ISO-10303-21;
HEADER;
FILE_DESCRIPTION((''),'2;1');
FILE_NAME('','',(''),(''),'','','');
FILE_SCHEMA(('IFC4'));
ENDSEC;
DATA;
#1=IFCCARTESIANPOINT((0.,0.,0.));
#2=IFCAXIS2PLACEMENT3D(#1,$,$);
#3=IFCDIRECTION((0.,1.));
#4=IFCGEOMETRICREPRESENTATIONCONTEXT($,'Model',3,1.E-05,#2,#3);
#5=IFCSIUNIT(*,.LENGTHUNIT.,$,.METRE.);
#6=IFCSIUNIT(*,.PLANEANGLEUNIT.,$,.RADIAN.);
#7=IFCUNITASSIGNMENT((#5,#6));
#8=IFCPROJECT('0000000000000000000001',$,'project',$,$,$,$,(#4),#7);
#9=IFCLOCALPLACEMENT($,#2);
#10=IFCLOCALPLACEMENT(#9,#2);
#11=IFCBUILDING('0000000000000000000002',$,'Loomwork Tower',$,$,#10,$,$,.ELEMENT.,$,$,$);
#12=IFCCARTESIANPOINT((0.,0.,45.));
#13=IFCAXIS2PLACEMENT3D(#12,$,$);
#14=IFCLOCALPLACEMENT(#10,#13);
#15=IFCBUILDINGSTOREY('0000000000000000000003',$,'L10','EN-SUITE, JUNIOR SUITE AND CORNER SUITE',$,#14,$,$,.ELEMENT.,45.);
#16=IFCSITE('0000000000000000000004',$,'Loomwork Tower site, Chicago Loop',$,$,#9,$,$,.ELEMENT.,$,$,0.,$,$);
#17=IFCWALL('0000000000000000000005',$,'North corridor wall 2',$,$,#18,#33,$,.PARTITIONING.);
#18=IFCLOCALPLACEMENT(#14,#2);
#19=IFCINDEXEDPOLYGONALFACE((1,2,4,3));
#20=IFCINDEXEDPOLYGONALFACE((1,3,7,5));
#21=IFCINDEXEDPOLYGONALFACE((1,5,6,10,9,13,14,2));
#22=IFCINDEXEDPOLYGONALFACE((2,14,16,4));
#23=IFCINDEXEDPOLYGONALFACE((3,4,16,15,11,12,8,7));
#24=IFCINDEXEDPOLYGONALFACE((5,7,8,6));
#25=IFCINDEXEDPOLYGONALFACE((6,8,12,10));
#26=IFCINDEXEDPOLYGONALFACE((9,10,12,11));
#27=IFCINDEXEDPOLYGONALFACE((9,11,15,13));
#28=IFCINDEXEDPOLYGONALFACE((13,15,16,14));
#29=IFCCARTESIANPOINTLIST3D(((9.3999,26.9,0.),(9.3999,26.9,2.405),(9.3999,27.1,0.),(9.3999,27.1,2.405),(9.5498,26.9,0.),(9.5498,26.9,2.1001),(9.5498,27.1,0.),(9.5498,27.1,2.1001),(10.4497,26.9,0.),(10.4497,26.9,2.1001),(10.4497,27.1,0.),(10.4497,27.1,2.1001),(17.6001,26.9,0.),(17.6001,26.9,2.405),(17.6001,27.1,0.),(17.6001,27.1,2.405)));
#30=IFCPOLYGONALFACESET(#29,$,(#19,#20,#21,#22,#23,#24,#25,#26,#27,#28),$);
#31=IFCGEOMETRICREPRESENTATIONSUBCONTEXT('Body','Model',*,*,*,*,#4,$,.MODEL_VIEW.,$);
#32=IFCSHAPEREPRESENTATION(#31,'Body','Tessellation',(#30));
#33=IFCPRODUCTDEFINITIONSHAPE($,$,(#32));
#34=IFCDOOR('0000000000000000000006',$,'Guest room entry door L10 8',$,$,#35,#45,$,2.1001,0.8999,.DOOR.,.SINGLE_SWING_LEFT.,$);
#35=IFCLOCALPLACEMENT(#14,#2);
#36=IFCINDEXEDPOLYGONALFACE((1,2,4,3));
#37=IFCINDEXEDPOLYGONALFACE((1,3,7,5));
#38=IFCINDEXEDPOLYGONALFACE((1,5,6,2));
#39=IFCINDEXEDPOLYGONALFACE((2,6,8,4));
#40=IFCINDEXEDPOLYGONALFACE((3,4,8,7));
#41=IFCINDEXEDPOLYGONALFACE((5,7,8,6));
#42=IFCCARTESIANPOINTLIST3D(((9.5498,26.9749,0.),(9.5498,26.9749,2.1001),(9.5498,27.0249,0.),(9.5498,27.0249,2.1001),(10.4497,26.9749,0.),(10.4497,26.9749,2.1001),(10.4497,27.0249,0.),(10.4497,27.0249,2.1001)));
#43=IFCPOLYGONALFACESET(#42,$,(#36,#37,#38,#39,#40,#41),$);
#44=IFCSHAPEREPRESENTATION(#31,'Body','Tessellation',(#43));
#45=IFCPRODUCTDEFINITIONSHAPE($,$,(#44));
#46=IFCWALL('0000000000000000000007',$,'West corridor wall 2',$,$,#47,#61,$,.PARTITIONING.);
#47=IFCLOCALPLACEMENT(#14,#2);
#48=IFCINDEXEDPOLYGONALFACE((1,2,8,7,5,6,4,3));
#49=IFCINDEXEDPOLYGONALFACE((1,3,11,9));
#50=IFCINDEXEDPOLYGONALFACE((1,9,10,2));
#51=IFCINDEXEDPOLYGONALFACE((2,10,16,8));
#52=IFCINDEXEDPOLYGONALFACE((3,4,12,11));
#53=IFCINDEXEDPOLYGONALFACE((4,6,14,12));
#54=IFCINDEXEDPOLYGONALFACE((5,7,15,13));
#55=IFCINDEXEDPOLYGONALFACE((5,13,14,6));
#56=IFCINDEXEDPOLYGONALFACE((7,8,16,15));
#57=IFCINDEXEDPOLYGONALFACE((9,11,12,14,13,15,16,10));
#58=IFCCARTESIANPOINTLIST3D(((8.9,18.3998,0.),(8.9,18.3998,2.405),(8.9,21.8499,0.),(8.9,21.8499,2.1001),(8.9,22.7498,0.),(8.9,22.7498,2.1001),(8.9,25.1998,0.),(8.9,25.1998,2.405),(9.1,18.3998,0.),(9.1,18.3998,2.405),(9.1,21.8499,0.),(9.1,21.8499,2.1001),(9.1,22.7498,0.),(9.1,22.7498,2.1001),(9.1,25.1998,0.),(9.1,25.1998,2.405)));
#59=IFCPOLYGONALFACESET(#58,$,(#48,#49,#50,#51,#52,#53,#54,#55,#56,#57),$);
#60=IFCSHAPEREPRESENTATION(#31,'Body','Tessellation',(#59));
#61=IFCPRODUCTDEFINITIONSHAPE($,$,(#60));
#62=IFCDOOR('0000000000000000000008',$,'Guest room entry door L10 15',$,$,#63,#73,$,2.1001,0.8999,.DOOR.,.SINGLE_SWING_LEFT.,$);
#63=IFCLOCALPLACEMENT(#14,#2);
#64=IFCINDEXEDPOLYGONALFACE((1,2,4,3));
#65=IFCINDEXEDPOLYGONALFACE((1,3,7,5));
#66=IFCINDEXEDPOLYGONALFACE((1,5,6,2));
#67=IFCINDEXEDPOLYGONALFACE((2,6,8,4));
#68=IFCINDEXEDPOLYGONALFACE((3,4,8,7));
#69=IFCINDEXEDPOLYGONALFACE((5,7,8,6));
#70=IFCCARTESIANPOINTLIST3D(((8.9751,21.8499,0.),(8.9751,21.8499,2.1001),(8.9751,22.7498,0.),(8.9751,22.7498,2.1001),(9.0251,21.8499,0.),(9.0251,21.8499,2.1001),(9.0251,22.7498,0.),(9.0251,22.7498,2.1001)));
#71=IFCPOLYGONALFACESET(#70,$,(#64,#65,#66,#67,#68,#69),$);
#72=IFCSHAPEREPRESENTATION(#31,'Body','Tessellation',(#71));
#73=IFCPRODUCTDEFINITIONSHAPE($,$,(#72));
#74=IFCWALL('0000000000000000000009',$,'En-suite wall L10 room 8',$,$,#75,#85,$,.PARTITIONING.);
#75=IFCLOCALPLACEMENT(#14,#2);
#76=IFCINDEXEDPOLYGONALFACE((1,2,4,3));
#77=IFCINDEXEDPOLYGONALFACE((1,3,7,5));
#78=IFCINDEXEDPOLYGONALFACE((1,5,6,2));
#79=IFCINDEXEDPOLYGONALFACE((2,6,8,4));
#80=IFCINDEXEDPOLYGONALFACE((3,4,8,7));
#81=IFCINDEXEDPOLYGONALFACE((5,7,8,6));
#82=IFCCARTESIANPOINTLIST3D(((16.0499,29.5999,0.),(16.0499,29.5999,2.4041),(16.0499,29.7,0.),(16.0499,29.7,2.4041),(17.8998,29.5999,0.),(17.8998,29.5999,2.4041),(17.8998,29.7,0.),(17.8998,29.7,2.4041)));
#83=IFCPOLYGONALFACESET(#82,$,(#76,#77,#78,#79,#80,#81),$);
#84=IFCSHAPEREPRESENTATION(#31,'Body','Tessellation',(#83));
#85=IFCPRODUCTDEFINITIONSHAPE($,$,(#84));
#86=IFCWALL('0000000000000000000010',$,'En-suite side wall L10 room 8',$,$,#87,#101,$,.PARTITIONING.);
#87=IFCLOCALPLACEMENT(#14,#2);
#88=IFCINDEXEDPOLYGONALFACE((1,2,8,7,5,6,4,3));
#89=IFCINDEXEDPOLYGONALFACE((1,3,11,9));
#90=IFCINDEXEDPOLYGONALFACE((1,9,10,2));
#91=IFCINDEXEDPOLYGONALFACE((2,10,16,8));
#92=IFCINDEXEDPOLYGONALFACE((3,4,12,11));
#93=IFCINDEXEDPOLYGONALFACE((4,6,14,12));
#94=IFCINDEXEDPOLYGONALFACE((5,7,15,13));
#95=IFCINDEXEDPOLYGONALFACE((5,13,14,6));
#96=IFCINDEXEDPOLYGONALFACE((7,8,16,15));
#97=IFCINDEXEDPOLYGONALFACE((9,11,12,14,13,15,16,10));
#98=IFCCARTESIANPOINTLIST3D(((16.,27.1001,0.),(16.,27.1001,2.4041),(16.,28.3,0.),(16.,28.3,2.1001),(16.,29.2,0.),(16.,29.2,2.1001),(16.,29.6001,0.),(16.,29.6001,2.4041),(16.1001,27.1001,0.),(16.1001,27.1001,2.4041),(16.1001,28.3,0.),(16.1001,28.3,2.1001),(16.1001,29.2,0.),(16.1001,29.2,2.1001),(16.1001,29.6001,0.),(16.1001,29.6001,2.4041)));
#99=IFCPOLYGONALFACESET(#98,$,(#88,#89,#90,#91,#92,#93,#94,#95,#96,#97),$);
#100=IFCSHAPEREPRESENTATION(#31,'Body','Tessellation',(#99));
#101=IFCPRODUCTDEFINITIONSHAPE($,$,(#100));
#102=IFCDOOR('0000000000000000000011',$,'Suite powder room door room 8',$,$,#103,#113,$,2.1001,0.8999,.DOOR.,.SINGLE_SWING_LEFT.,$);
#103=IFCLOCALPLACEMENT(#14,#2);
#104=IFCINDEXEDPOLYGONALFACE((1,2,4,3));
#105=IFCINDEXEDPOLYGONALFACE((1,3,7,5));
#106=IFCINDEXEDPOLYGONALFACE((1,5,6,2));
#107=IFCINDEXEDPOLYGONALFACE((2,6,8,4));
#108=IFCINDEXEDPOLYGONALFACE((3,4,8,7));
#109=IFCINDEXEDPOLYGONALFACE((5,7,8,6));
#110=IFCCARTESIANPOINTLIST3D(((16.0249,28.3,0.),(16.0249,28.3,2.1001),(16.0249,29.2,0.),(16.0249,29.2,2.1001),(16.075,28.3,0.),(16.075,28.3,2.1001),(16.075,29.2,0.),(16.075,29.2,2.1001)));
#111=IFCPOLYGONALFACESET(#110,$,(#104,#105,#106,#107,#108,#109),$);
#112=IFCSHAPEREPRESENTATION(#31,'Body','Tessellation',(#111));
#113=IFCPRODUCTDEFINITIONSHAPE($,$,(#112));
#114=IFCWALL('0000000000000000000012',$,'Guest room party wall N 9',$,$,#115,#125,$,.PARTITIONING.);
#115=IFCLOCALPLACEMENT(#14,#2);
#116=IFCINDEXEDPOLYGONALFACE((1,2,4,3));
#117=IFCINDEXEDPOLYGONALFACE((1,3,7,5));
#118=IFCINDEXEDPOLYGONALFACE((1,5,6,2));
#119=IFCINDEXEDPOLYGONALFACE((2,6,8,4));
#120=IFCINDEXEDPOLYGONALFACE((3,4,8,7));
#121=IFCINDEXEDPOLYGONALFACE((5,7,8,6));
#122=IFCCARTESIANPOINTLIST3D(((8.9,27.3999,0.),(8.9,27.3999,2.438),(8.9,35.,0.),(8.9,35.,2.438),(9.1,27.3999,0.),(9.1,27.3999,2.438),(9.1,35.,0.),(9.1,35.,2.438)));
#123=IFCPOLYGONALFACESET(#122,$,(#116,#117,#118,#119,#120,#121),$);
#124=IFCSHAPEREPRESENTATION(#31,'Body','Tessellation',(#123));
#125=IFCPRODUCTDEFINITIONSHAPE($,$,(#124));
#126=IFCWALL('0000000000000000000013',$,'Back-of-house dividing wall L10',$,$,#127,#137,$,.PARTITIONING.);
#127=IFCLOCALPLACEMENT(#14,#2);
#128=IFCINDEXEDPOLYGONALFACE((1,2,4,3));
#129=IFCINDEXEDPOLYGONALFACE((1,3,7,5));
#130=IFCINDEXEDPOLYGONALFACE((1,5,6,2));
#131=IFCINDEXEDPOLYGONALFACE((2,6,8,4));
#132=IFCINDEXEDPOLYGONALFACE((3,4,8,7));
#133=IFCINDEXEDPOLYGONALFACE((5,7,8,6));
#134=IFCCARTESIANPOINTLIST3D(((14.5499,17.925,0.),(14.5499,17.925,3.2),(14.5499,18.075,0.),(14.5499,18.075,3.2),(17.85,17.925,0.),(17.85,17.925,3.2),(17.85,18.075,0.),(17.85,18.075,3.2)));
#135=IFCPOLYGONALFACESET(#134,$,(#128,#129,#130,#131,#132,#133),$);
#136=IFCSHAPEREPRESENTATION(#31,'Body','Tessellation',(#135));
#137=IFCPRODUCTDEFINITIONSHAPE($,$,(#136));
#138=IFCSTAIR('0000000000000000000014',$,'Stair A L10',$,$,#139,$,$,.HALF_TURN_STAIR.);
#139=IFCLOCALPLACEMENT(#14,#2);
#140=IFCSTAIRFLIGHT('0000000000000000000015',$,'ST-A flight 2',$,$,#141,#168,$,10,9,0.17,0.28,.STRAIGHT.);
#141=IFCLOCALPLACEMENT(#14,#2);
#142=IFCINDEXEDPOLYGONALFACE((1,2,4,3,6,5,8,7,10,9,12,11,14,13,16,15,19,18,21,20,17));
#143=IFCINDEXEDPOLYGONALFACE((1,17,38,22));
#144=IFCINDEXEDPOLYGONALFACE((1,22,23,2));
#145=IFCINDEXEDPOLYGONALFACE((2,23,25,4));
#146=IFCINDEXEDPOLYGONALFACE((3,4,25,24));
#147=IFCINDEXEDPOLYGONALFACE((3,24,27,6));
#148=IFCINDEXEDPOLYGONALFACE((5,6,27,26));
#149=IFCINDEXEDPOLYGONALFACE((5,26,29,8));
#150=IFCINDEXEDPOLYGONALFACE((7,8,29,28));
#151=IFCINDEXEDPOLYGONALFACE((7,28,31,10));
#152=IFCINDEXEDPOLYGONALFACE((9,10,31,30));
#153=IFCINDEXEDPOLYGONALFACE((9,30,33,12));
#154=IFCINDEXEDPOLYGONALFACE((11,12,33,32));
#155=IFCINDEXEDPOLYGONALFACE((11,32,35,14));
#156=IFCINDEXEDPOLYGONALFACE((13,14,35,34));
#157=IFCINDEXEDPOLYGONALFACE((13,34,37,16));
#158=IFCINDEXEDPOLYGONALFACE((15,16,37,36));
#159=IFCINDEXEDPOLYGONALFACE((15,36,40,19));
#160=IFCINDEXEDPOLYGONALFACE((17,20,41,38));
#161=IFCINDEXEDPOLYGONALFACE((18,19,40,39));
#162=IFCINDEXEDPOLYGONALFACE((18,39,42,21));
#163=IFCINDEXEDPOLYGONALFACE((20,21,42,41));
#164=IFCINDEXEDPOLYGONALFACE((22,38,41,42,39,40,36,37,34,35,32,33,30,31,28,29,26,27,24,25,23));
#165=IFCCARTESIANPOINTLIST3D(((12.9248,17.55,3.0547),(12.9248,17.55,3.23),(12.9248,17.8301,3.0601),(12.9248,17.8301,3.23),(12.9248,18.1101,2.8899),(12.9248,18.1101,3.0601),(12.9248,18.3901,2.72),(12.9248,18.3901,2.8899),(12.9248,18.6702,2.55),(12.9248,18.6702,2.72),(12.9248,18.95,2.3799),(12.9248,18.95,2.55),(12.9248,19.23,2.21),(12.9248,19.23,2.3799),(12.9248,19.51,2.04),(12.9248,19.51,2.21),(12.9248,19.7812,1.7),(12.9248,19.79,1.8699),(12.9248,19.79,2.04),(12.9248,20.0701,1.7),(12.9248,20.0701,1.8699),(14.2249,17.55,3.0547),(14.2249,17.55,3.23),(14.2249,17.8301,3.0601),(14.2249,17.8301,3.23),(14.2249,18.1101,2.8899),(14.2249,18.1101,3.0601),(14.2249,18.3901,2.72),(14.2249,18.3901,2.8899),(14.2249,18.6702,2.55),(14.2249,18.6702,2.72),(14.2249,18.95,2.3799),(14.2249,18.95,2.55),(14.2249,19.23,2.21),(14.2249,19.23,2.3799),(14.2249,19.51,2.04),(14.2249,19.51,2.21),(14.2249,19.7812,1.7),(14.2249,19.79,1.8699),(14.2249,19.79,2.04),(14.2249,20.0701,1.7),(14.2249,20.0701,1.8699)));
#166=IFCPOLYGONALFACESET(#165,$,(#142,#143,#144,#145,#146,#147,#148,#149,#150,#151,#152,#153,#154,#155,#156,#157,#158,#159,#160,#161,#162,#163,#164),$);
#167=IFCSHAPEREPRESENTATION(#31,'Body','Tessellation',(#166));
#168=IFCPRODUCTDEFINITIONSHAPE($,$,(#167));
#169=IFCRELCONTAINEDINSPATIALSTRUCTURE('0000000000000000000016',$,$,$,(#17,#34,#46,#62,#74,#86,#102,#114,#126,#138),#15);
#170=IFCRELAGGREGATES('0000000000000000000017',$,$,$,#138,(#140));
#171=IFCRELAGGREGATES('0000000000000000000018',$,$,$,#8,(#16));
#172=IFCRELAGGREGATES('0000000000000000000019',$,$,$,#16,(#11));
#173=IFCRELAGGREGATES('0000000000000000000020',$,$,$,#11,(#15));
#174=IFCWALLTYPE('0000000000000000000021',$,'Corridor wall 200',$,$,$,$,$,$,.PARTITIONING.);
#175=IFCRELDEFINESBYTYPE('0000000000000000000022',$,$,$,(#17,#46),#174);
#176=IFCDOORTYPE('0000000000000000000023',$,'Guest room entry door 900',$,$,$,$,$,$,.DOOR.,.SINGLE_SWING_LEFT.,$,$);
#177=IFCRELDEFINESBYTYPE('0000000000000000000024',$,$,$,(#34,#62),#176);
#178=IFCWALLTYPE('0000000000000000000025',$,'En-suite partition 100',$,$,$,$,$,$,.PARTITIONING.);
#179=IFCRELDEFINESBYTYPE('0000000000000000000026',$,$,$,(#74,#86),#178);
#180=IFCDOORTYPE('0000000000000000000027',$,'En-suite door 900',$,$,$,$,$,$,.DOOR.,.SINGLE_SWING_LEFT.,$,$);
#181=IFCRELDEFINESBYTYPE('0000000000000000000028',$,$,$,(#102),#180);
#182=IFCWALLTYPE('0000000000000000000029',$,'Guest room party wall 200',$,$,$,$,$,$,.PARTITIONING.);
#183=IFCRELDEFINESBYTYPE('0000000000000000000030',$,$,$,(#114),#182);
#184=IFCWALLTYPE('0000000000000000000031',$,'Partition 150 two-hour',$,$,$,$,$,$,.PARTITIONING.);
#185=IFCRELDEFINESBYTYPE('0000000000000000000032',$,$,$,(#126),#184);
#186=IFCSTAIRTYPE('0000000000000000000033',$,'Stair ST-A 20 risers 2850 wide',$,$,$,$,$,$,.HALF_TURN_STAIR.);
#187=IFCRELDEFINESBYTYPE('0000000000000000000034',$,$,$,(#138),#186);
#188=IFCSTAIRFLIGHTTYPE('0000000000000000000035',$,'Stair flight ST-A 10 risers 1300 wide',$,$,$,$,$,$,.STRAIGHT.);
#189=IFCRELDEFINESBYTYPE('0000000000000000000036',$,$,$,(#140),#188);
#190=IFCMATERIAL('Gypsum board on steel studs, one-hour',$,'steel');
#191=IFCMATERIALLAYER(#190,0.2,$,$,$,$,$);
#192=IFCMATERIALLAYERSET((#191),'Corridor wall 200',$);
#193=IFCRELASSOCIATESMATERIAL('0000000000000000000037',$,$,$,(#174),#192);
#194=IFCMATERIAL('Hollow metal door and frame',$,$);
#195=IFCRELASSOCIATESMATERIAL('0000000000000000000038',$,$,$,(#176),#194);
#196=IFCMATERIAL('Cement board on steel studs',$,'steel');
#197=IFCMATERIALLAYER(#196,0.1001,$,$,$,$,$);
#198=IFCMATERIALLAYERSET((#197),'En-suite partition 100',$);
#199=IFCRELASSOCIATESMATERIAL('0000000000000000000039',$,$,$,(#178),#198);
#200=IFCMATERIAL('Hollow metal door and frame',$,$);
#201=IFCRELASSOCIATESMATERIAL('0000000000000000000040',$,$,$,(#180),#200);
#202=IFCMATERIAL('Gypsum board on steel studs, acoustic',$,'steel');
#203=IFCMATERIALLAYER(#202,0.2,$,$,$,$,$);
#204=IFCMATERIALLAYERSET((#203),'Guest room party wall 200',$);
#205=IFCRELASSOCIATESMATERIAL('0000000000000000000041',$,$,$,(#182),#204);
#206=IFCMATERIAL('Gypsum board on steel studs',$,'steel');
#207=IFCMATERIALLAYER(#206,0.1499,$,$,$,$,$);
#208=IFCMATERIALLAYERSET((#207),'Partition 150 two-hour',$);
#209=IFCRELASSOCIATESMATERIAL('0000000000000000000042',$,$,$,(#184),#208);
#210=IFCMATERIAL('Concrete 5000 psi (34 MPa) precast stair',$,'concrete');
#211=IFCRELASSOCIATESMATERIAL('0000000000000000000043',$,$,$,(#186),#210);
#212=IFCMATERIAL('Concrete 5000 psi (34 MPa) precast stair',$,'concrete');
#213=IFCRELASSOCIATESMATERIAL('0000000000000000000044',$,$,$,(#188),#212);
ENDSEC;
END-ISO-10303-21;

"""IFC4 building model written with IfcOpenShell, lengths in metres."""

from ifc_helpers import new_model, si_unit, direction, frame, frame_2d, origin, place, context, subcontext, project, spatial, polyline, rectangle, outline, extrude, material, layer, layer_set, type_object, element, fill, aggregate, save


model = new_model("IFC4")

# Units and contexts
model_context = context("Model", 3, precision=1e-05, world=origin(), true_north=direction((0.0, 1.0)))
body_context = subcontext(model_context, "Body", "Model", "MODEL_VIEW")
ifc_project = project(units=[si_unit("LENGTHUNIT", "METRE"), si_unit("PLANEANGLEUNIT", "RADIAN")], contexts=[model_context])

# Site, building, storey
site_placement = place(None, origin())
site = spatial("IfcSite", under=ifc_project, at=site_placement, Name="Loomwork Tower site, Chicago Loop", CompositionType="ELEMENT", RefElevation=0.0)
building_placement = place(site_placement, origin())
building = spatial("IfcBuilding", under=site, at=building_placement, Name="Loomwork Tower", CompositionType="ELEMENT")
storey_placement = place(building_placement, frame((0.0, 0.0, 45.0)))
storey = spatial("IfcBuildingStorey", under=building, at=storey_placement, Name="L10", Description="EN-SUITE, JUNIOR SUITE AND CORNER SUITE", CompositionType="ELEMENT", Elevation=45.0)

# Walls, openings, doors
ifc_material_1 = material(Name="Gypsum board on steel studs, one-hour", Category="steel")
ifc_layer_1 = layer(ifc_material_1, 0.2)
ifc_layer_set_1 = layer_set([ifc_layer_1], Name="Corridor wall 200")
wall_type_1 = type_object("IfcWallType", Name="Corridor wall 200", PredefinedType="PARTITIONING", material=ifc_layer_set_1)
wall_1_placement = place(storey_placement, frame((9.3999, 27.0, 0.0), z_axis=(0.0, 0.0, 1.0), x_axis=(1.0, 0.0, 0.0)))
wall_1 = element("IfcWall", 1, at=wall_1_placement, inside=storey, type_object=wall_type_1, Name="North corridor wall 2", PredefinedType="PARTITIONING", context=body_context, shape_type="SweptSolid", body=[
    extrude(rectangle(XDim=8.2002, YDim=0.2, at=frame_2d((4.1001, 0.0))), origin(), (0.0, 0.0, 1.0), 2.405),
])
opening_1_placement = place(wall_1_placement, frame((0.1499, 0.0, 0.0)))
opening_1 = element("IfcOpeningElement", 2, at=opening_1_placement, cuts=wall_1, PredefinedType="OPENING", context=body_context, shape_type="SweptSolid", body=[
    extrude(rectangle(XDim=0.8999, YDim=2.1001, at=frame_2d((0.45, 1.05))), frame((0.0, 0.1099, 0.0), z_axis=(0.0, -1.0, 0.0), x_axis=(1.0, 0.0, 0.0)), (0.0, 0.0, 1.0), 0.22),
])
ifc_material_2 = material(Name="Hollow metal door and frame")
door_type_1 = type_object("IfcDoorType", Name="Guest room entry door 900", OperationType="SINGLE_SWING_LEFT", PredefinedType="DOOR", material=ifc_material_2)
door_1_placement = place(opening_1_placement, origin())
door_1 = element("IfcDoor", 3, at=door_1_placement, inside=storey, type_object=door_type_1, Name="Guest room entry door L10 8", OperationType="SINGLE_SWING_LEFT", OverallHeight=2.1001, OverallWidth=0.8999, PredefinedType="DOOR", context=body_context, shape_type="SweptSolid", body=[
    extrude(rectangle(XDim=0.8999, YDim=2.1001, at=frame_2d((0.45, 1.05))), frame((0.0, 0.0249, 0.0), z_axis=(0.0, -1.0, 0.0), x_axis=(1.0, 0.0, 0.0)), (0.0, 0.0, 1.0), 0.05),
])
fill(opening_1, door_1)
wall_2_placement = place(storey_placement, frame((9.0, 18.3999, 0.0), z_axis=(0.0, 0.0, 1.0), x_axis=(0.0, 1.0, 0.0)))
wall_2 = element("IfcWall", 4, at=wall_2_placement, inside=storey, type_object=wall_type_1, Name="West corridor wall 2", PredefinedType="PARTITIONING", context=body_context, shape_type="SweptSolid", body=[
    extrude(rectangle(XDim=6.8, YDim=0.2, at=frame_2d((3.3999, 0.0))), origin(), (0.0, 0.0, 1.0), 2.405),
])
opening_2_placement = place(wall_2_placement, frame((3.45, 0.0, 0.0)))
opening_2 = element("IfcOpeningElement", 5, at=opening_2_placement, cuts=wall_2, PredefinedType="OPENING", context=body_context, shape_type="SweptSolid", body=[
    extrude(rectangle(XDim=0.8999, YDim=2.1001, at=frame_2d((0.45, 1.05))), frame((0.0, 0.1099, 0.0), z_axis=(0.0, -1.0, 0.0), x_axis=(1.0, 0.0, 0.0)), (0.0, 0.0, 1.0), 0.22),
])
door_2_placement = place(opening_2_placement, origin())
door_2 = element("IfcDoor", 6, at=door_2_placement, inside=storey, type_object=door_type_1, Name="Guest room entry door L10 15", OperationType="SINGLE_SWING_LEFT", OverallHeight=2.1001, OverallWidth=0.8999, PredefinedType="DOOR", context=body_context, shape_type="SweptSolid", body=[
    extrude(rectangle(XDim=0.8999, YDim=2.1001, at=frame_2d((0.45, 1.05))), frame((0.0, 0.0249, 0.0), z_axis=(0.0, -1.0, 0.0), x_axis=(1.0, 0.0, 0.0)), (0.0, 0.0, 1.0), 0.05),
])
fill(opening_2, door_2)

# Wall
ifc_material_3 = material(Name="Cement board on steel studs", Category="steel")
ifc_layer_2 = layer(ifc_material_3, 0.1001)
ifc_layer_set_2 = layer_set([ifc_layer_2], Name="En-suite partition 100")
wall_type_2 = type_object("IfcWallType", Name="En-suite partition 100", PredefinedType="PARTITIONING", material=ifc_layer_set_2)
wall_3_placement = place(storey_placement, frame((16.05, 29.6499, 0.0), z_axis=(0.0, 0.0, 1.0), x_axis=(1.0, 0.0, 0.0)))
element("IfcWall", 7, at=wall_3_placement, inside=storey, type_object=wall_type_2, Name="En-suite wall L10 room 8", PredefinedType="PARTITIONING", context=body_context, shape_type="SweptSolid", body=[
    extrude(rectangle(XDim=1.8499, YDim=0.1001, at=frame_2d((0.9248, 0.0))), origin(), (0.0, 0.0, 1.0), 2.4041),
])

# Wall, opening, door
wall_4_placement = place(storey_placement, frame((16.05, 27.1001, 0.0), z_axis=(0.0, 0.0, 1.0), x_axis=(0.0, 1.0, 0.0)))
wall_4 = element("IfcWall", 8, at=wall_4_placement, inside=storey, type_object=wall_type_2, Name="En-suite side wall L10 room 8", PredefinedType="PARTITIONING", context=body_context, shape_type="SweptSolid", body=[
    extrude(rectangle(XDim=2.5, YDim=0.1001, at=frame_2d((1.25, 0.0))), origin(), (0.0, 0.0, 1.0), 2.4041),
])
opening_3_placement = place(wall_4_placement, frame((1.2, 0.0, 0.0)))
opening_3 = element("IfcOpeningElement", 9, at=opening_3_placement, cuts=wall_4, PredefinedType="OPENING", context=body_context, shape_type="SweptSolid", body=[
    extrude(rectangle(XDim=0.8999, YDim=2.1001, at=frame_2d((0.45, 1.05))), frame((0.0, 0.0601, 0.0), z_axis=(0.0, -1.0, 0.0), x_axis=(1.0, 0.0, 0.0)), (0.0, 0.0, 1.0), 0.1201),
])
ifc_material_4 = material(Name="Hollow metal door and frame")
door_type_2 = type_object("IfcDoorType", Name="En-suite door 900", OperationType="SINGLE_SWING_LEFT", PredefinedType="DOOR", material=ifc_material_4)
door_3_placement = place(opening_3_placement, frame((0.8999, 0.0, 0.0), z_axis=(0.0, 0.0, 1.0), x_axis=(-1.0, 0.0, 0.0)))
door_3 = element("IfcDoor", 10, at=door_3_placement, inside=storey, type_object=door_type_2, Name="Suite powder room door room 8", OperationType="SINGLE_SWING_LEFT", OverallHeight=2.1001, OverallWidth=0.8999, PredefinedType="DOOR", context=body_context, shape_type="SweptSolid", body=[
    extrude(rectangle(XDim=0.8999, YDim=2.1001, at=frame_2d((0.45, 1.05))), frame((0.0, 0.0249, 0.0), z_axis=(0.0, -1.0, 0.0), x_axis=(1.0, 0.0, 0.0)), (0.0, 0.0, 1.0), 0.05),
])
fill(opening_3, door_3)

# Walls
ifc_material_5 = material(Name="Gypsum board on steel studs, acoustic", Category="steel")
ifc_layer_3 = layer(ifc_material_5, 0.2)
ifc_layer_set_3 = layer_set([ifc_layer_3], Name="Guest room party wall 200")
wall_type_3 = type_object("IfcWallType", Name="Guest room party wall 200", PredefinedType="PARTITIONING", material=ifc_layer_set_3)
wall_5_placement = place(storey_placement, frame((9.0, 27.3999, 0.0), z_axis=(0.0, 0.0, 1.0), x_axis=(0.0, 1.0, 0.0)))
element("IfcWall", 11, at=wall_5_placement, inside=storey, type_object=wall_type_3, Name="Guest room party wall N 9", PredefinedType="PARTITIONING", context=body_context, shape_type="SweptSolid", body=[
    extrude(rectangle(XDim=7.6001, YDim=0.2, at=frame_2d((3.8, 0.0))), origin(), (0.0, 0.0, 1.0), 2.438),
])
ifc_material_6 = material(Name="Gypsum board on steel studs", Category="steel")
ifc_layer_4 = layer(ifc_material_6, 0.1499)
ifc_layer_set_4 = layer_set([ifc_layer_4], Name="Partition 150 two-hour")
wall_type_4 = type_object("IfcWallType", Name="Partition 150 two-hour", PredefinedType="PARTITIONING", material=ifc_layer_set_4)
wall_6_placement = place(storey_placement, frame((14.55, 18.0, 0.0), z_axis=(0.0, 0.0, 1.0), x_axis=(1.0, 0.0, 0.0)))
element("IfcWall", 12, at=wall_6_placement, inside=storey, type_object=wall_type_4, Name="Back-of-house dividing wall L10", PredefinedType="PARTITIONING", context=body_context, shape_type="SweptSolid", body=[
    extrude(rectangle(XDim=3.3, YDim=0.1499, at=frame_2d((1.6499, 0.0))), origin(), (0.0, 0.0, 1.0), 3.2),
])

# Stair, stair flight
ifc_material_7 = material(Name="Concrete 5000 psi (34 MPa) precast stair", Category="concrete")
stair_type = type_object("IfcStairType", Name="Stair ST-A 20 risers 2850 wide", PredefinedType="HALF_TURN_STAIR", material=ifc_material_7)
stair_placement = place(storey_placement, origin())
stair = element("IfcStair", 13, at=stair_placement, inside=storey, type_object=stair_type, Name="Stair A L10", PredefinedType="HALF_TURN_STAIR")
ifc_material_8 = material(Name="Concrete 5000 psi (34 MPa) precast stair", Category="concrete")
stair_flight_type = type_object("IfcStairFlightType", Name="Stair flight ST-A 10 risers 1300 wide", PredefinedType="STRAIGHT", material=ifc_material_8)
stair_flight_placement = place(storey_placement, frame((13.575, 20.0701, 1.7), z_axis=(0.0, 0.0, 1.0), x_axis=(0.0, -1.0, 0.0)))
stair_flight = element("IfcStairFlight", 14, at=stair_flight_placement, type_object=stair_flight_type, Name="ST-A flight 2", NumberOfRisers=10, NumberOfTreads=9, PredefinedType="STRAIGHT", RiserHeight=0.17, TreadLength=0.28, context=body_context, shape_type="SweptSolid", body=[
    extrude(outline(polyline([(0.0, 0.0), (0.0, 0.1699), (0.28, 0.1699), (0.28, 0.3401), (0.5601, 0.3401), (0.5601, 0.51), (0.8401, 0.51), (0.8401, 0.6799), (1.1201, 0.6799), (1.1201, 0.8501), (1.3999, 0.8501), (1.3999, 1.02), (1.6799, 1.02), (1.6799, 1.1899), (1.96, 1.1899), (1.96, 1.3601), (2.24, 1.3601), (2.24, 1.53), (2.52, 1.53), (2.52, 1.7), (2.52, 1.3547), (0.2888, 0.0), (0.0, 0.0)])), frame((0.0, 0.6499, 0.0), z_axis=(0.0, -1.0, 0.0), x_axis=(1.0, 0.0, 0.0)), (0.0, 0.0, 1.0), 1.3),
])
aggregate(stair, [stair_flight])

save(model, "model.ifc")
